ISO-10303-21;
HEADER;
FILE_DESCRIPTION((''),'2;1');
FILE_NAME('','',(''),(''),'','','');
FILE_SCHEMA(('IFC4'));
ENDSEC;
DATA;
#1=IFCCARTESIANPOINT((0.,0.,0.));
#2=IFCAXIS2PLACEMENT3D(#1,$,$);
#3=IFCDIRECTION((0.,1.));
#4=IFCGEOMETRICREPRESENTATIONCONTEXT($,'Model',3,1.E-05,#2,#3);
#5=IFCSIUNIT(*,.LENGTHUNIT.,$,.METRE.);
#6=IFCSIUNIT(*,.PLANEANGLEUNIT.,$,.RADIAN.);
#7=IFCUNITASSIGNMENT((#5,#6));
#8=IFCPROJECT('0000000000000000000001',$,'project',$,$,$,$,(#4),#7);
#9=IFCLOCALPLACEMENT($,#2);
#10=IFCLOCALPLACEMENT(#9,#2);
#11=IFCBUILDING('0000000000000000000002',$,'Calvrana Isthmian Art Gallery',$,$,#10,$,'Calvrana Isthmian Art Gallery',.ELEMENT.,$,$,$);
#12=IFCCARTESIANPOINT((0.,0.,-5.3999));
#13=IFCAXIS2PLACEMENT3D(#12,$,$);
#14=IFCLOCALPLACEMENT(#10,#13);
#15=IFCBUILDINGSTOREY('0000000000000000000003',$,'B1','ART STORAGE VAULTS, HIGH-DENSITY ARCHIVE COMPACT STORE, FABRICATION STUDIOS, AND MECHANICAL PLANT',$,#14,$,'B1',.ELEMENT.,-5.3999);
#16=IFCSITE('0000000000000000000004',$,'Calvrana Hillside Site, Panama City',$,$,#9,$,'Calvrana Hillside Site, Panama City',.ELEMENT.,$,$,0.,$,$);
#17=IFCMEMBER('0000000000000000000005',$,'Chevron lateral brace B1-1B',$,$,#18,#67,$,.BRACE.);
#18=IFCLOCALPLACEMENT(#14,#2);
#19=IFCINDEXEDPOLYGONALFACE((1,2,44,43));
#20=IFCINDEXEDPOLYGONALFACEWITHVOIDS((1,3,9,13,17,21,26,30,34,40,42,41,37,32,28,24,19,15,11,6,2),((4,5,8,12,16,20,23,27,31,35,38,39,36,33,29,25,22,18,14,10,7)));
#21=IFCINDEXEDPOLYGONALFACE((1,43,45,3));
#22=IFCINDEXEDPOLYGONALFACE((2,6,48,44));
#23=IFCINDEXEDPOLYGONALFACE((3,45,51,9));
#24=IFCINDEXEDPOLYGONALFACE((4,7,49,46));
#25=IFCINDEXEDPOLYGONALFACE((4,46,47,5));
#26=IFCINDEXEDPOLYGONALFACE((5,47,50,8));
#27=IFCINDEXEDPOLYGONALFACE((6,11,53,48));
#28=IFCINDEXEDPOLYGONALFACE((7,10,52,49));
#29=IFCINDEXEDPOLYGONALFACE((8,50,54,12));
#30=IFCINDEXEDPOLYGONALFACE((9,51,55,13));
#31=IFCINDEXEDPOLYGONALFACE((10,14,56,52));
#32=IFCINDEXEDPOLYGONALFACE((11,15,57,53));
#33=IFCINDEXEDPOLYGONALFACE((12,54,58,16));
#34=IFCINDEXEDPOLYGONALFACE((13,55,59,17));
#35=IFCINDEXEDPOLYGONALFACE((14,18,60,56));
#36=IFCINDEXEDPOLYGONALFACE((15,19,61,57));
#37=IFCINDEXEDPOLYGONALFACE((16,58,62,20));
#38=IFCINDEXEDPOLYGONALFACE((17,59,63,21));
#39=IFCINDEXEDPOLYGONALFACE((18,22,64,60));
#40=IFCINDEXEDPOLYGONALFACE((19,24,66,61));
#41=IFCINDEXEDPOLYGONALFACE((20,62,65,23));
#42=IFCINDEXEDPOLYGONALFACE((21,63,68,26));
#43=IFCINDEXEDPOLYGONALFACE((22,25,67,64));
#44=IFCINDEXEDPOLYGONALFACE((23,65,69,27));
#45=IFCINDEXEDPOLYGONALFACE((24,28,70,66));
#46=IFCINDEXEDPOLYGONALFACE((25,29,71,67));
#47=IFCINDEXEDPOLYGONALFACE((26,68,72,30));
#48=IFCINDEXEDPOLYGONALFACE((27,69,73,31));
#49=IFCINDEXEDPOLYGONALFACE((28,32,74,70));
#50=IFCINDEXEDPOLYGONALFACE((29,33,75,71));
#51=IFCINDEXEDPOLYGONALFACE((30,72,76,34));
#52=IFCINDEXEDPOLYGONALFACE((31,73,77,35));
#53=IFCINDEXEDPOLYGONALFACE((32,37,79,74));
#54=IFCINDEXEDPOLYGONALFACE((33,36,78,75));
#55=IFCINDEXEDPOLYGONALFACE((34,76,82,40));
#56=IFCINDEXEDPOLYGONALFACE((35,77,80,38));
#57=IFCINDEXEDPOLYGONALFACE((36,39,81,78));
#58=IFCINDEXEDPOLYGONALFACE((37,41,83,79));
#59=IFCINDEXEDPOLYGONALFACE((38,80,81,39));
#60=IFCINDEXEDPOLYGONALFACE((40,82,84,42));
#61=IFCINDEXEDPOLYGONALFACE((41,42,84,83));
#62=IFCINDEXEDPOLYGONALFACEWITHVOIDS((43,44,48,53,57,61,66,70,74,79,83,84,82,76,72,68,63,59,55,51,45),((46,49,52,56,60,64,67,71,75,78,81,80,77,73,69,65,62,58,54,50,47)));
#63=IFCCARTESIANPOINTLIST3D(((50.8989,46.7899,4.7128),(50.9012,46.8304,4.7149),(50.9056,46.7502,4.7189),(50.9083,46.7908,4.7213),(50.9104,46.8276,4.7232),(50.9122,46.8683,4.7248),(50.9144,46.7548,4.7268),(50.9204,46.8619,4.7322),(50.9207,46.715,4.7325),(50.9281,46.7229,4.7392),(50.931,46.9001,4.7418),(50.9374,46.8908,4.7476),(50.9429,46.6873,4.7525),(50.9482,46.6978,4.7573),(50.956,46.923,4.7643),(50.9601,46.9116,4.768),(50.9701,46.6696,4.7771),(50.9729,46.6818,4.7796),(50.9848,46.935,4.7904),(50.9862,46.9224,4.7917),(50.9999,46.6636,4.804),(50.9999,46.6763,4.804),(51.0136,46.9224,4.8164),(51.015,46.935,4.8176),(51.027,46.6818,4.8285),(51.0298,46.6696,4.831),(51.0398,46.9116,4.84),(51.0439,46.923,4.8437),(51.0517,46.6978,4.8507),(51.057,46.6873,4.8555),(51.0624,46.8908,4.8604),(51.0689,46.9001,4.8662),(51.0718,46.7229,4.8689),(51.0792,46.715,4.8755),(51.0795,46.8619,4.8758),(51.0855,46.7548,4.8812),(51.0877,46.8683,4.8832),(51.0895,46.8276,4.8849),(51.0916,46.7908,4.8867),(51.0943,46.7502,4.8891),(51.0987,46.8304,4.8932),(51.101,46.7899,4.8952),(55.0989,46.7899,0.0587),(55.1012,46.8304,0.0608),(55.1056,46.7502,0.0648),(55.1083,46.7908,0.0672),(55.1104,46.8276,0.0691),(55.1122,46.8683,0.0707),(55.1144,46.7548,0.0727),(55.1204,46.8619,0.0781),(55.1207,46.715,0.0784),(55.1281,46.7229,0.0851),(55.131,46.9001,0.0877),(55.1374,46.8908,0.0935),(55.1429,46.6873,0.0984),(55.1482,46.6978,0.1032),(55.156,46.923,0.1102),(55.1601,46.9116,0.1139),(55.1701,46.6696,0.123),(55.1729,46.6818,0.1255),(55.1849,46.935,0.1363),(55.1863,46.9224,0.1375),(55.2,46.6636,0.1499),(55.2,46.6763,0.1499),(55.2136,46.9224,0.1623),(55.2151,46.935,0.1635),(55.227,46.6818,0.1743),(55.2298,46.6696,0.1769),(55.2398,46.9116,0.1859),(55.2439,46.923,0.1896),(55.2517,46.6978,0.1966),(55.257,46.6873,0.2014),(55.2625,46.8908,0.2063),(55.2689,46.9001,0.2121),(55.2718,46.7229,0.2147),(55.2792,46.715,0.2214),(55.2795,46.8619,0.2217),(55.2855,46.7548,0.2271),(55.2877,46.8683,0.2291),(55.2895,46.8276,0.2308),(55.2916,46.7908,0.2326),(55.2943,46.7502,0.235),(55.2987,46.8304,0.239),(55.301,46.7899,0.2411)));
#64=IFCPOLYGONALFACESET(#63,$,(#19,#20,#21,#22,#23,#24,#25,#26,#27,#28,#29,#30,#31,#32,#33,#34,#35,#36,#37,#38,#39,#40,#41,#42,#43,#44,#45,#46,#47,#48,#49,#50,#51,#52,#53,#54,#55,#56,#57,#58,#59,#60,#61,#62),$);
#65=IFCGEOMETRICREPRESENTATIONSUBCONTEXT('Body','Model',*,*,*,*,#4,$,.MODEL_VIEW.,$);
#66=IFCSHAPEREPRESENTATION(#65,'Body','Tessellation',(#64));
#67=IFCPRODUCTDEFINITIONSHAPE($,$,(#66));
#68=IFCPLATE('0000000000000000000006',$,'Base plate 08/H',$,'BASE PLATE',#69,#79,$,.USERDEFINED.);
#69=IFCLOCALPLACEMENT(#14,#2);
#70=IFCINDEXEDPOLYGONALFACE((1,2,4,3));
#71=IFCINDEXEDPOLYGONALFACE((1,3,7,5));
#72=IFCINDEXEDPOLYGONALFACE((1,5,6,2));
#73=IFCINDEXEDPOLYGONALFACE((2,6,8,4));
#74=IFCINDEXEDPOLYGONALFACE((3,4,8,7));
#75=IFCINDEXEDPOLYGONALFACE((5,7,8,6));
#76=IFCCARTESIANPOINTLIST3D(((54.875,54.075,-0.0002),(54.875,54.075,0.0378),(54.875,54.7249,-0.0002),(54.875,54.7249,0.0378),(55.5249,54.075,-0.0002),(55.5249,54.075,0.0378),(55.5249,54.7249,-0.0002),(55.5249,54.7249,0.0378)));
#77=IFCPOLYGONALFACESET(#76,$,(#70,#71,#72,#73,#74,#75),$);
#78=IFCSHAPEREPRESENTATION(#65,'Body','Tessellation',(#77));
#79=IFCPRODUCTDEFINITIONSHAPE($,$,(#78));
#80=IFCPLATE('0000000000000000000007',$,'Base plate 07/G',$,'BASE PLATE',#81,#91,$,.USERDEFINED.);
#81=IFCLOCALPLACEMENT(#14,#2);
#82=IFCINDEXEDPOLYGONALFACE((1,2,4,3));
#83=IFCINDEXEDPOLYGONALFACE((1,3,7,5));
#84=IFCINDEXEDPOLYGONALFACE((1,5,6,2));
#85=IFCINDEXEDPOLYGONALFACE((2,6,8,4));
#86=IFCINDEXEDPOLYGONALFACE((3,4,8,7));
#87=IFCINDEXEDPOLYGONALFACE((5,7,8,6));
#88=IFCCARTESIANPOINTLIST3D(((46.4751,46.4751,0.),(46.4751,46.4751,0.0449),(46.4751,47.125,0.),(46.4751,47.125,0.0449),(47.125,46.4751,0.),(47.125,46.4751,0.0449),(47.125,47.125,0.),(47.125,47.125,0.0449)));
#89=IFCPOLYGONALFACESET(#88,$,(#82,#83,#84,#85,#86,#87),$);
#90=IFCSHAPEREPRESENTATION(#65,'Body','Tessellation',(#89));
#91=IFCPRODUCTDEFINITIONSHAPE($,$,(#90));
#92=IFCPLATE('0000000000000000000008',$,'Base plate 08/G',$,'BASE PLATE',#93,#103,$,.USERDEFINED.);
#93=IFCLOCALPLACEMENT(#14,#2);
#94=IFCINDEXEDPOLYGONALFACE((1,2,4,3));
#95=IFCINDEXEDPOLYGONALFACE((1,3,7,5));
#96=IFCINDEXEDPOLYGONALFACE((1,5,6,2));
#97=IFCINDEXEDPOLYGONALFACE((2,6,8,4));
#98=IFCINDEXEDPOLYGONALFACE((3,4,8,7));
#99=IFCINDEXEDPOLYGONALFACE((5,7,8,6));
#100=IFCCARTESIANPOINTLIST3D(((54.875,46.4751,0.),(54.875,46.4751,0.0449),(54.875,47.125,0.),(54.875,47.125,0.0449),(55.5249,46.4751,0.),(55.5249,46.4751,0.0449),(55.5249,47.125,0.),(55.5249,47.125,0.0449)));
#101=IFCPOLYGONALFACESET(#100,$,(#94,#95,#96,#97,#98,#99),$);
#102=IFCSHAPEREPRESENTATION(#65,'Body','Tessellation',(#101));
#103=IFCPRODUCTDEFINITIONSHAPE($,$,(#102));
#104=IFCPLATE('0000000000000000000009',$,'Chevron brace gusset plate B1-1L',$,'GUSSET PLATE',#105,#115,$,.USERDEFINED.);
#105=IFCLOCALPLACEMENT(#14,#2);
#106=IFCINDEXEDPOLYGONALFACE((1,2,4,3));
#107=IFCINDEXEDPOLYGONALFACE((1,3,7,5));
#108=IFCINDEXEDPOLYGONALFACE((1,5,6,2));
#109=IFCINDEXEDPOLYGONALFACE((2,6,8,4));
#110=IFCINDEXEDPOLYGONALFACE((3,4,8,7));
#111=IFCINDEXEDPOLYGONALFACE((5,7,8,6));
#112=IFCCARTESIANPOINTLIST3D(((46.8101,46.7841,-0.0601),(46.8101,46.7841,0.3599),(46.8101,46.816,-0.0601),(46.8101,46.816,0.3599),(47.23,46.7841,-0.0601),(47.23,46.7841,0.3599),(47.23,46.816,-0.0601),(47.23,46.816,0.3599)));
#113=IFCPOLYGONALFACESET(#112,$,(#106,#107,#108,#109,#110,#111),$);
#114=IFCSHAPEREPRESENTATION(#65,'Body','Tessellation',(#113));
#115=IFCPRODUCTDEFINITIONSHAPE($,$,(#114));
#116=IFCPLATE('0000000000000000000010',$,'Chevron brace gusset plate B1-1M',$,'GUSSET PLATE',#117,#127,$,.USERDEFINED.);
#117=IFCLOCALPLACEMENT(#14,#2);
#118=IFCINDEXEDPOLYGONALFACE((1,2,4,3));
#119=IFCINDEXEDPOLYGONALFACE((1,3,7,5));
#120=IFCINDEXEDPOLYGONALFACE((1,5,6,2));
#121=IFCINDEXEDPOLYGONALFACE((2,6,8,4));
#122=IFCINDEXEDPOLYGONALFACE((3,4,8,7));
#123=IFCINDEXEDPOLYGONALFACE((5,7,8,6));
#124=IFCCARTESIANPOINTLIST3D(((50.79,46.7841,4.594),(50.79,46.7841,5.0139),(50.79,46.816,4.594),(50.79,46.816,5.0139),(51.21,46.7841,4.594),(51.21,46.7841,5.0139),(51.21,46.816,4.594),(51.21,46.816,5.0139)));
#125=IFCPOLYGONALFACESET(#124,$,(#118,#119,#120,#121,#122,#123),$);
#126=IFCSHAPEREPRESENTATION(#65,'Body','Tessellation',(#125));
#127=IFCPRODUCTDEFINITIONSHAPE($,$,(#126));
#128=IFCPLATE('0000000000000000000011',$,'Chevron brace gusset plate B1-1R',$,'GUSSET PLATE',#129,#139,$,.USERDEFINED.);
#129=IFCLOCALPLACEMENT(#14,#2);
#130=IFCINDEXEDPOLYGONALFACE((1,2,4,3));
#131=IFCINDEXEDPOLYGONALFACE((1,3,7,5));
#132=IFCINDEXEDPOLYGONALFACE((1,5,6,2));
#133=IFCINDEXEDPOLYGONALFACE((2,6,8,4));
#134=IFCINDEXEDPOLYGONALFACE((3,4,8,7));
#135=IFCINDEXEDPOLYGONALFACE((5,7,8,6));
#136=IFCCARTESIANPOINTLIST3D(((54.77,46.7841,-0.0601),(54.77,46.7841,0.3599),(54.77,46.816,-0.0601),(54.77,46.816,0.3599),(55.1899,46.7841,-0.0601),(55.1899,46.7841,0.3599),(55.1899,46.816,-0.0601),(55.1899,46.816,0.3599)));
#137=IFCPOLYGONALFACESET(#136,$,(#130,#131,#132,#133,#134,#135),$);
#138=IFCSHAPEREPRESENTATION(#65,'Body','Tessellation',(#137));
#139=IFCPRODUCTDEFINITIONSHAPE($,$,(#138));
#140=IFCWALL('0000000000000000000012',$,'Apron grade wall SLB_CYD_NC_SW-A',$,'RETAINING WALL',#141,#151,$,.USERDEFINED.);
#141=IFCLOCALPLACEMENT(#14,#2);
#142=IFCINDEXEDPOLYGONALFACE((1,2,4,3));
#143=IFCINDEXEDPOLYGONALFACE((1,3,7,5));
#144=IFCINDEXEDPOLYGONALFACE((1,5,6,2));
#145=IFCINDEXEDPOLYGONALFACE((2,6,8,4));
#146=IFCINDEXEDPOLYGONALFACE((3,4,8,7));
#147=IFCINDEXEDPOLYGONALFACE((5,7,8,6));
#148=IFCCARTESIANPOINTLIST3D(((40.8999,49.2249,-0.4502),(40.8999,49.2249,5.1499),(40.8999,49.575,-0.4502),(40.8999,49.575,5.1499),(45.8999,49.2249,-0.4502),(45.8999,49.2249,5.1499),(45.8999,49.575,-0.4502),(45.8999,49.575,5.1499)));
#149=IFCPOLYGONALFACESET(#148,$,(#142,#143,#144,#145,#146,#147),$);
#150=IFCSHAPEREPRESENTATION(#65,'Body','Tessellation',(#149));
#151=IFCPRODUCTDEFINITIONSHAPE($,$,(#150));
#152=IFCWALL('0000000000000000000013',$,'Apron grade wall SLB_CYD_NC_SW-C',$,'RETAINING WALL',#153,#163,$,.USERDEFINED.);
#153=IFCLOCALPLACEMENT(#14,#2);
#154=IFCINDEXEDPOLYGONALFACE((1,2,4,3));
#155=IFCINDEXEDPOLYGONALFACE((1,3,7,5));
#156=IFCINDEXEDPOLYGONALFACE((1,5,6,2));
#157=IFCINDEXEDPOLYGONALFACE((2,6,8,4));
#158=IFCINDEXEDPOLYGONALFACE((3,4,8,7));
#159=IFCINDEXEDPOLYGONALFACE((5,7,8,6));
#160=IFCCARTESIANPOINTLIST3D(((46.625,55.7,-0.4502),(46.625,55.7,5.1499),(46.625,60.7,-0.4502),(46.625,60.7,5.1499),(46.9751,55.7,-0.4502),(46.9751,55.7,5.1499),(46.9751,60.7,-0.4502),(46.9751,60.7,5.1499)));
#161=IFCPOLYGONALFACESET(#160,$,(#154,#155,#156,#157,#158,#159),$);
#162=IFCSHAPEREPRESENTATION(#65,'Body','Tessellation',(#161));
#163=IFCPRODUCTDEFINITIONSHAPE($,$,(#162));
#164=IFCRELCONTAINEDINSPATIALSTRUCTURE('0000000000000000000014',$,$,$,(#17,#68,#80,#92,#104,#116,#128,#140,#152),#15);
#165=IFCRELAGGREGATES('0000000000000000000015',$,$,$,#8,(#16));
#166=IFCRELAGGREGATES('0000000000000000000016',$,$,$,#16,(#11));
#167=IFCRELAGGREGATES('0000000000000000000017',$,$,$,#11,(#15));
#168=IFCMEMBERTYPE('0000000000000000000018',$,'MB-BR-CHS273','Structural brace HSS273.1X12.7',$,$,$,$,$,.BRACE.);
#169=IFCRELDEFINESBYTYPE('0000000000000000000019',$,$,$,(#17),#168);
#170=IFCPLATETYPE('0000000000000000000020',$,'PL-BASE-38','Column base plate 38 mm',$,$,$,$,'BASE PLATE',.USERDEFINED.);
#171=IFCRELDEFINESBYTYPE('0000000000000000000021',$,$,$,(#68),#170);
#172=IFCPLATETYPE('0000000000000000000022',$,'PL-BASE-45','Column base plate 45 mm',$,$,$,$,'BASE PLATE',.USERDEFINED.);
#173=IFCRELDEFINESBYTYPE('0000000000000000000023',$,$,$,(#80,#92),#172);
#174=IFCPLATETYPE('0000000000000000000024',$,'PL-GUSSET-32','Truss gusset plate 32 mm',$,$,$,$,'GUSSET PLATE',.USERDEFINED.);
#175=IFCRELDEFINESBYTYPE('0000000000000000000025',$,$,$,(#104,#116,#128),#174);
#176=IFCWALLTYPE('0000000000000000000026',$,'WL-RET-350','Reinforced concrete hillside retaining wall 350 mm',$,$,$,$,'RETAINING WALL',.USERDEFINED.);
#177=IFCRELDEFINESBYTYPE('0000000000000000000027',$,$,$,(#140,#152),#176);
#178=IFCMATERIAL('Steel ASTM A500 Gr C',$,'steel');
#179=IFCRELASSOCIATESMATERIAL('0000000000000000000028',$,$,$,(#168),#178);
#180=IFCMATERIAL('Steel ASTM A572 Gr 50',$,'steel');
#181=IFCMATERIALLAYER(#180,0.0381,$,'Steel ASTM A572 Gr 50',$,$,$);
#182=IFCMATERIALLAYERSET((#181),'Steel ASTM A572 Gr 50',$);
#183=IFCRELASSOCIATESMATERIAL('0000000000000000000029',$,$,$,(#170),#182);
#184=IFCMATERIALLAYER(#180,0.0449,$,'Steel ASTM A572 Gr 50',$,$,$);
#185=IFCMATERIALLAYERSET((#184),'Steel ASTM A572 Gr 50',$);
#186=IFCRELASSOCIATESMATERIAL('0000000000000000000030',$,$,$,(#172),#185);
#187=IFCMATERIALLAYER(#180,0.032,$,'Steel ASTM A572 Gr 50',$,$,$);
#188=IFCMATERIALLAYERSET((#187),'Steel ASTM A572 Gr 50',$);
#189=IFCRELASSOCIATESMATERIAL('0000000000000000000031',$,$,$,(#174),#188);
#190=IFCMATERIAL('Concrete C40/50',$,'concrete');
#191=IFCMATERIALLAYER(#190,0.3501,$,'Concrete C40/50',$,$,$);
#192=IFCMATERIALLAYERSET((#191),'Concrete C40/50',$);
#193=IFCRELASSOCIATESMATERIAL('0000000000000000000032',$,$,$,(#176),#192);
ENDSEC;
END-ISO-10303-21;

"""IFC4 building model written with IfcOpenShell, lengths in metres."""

from ifc_helpers import new_model, si_unit, direction, frame, frame_2d, origin, origin_2d, place, context, subcontext, project, spatial, rectangle, hollow_circle, extrude, material, layer, layer_set, material_profile, profile_set, type_object, element, save


model = new_model("IFC4")

# Units and contexts
model_context = context("Model", 3, precision=1e-05, world=origin(), true_north=direction((0.0, 1.0)))
body_context = subcontext(model_context, "Body", "Model", "MODEL_VIEW")
ifc_project = project(units=[si_unit("LENGTHUNIT", "METRE"), si_unit("PLANEANGLEUNIT", "RADIAN")], contexts=[model_context])

# Site, building, storey
site_placement = place(None, origin())
site = spatial("IfcSite", under=ifc_project, at=site_placement, Name="Calvrana Hillside Site, Panama City", LongName="Calvrana Hillside Site, Panama City", CompositionType="ELEMENT", RefElevation=0.0)
building_placement = place(site_placement, origin())
building = spatial("IfcBuilding", under=site, at=building_placement, Name="Calvrana Isthmian Art Gallery", LongName="Calvrana Isthmian Art Gallery", CompositionType="ELEMENT")
storey_placement = place(building_placement, frame((0.0, 0.0, -5.3999)))
storey = spatial("IfcBuildingStorey", under=building, at=storey_placement, Name="B1", Description="ART STORAGE VAULTS, HIGH-DENSITY ARCHIVE COMPACT STORE, FABRICATION STUDIOS, AND MECHANICAL PLANT", LongName="B1", CompositionType="ELEMENT", Elevation=-5.3999)

# Member
ifc_material_1 = material(Name="Steel ASTM A500 Gr C", Category="steel")
ifc_material_profile_1 = material_profile(ifc_material_1, hollow_circle(Radius=0.1365, WallThickness=0.0127, at=origin_2d()), Name="HSS273.1X12.7")
ifc_profile_set_1 = profile_set([ifc_material_profile_1], Name="Steel ASTM A500 Gr C")
member_type = type_object("IfcMemberType", Name="MB-BR-CHS273", Description="Structural brace HSS273.1X12.7", PredefinedType="BRACE", material=ifc_profile_set_1)
for number, where, z_axis, x_axis, name in (
    (1, (55.2, 46.8, 0.1499), (-0.66996, 0.0, 0.742397), (0.0, -1.0, 0.0), "Chevron lateral brace B1-1B"),
):
    element("IfcMember", number, at=place(storey_placement, frame(where, z_axis=z_axis, x_axis=x_axis)), inside=storey, type_object=member_type, Name=name, PredefinedType="BRACE", context=body_context, shape_type="SweptSolid", body=[
        extrude(hollow_circle(Radius=0.1365, WallThickness=0.0127, at=origin_2d()), origin(), (0.0, 0.0, 1.0), 6.269),
    ])

# Plates
ifc_material_2 = material(Name="Steel ASTM A572 Gr 50", Category="steel")
ifc_layer_1 = layer(ifc_material_2, 0.0381, Name="Steel ASTM A572 Gr 50")
ifc_layer_set_1 = layer_set([ifc_layer_1], Name="Steel ASTM A572 Gr 50")
plate_type_1 = type_object("IfcPlateType", Name="PL-BASE-38", Description="Column base plate 38 mm", ElementType="BASE PLATE", PredefinedType="USERDEFINED", material=ifc_layer_set_1)
plate_placement = place(storey_placement, frame((55.2, 54.3999, -0.0002), z_axis=(0.0, 0.0, 1.0), x_axis=(1.0, 0.0, 0.0)))
element("IfcPlate", 2, at=plate_placement, inside=storey, type_object=plate_type_1, Name="Base plate 08/H", ObjectType="BASE PLATE", PredefinedType="USERDEFINED", context=body_context, shape_type="SweptSolid", body=[
    extrude(rectangle(XDim=0.6499, YDim=0.6499, at=origin_2d()), origin(), (0.0, 0.0, 1.0), 0.0381),
])
ifc_layer_2 = layer(ifc_material_2, 0.0449, Name="Steel ASTM A572 Gr 50")
ifc_layer_set_2 = layer_set([ifc_layer_2], Name="Steel ASTM A572 Gr 50")
plate_type_2 = type_object("IfcPlateType", Name="PL-BASE-45", Description="Column base plate 45 mm", ElementType="BASE PLATE", PredefinedType="USERDEFINED", material=ifc_layer_set_2)
for number, where, z_axis, x_axis, name in (
    (3, (46.8, 46.8, 0.0), (0.0, 0.0, 1.0), (1.0, 0.0, 0.0), "Base plate 07/G"),
    (4, (55.2, 46.8, 0.0), (0.0, 0.0, 1.0), (1.0, 0.0, 0.0), "Base plate 08/G"),
):
    element("IfcPlate", number, at=place(storey_placement, frame(where, z_axis=z_axis, x_axis=x_axis)), inside=storey, type_object=plate_type_2, Name=name, ObjectType="BASE PLATE", PredefinedType="USERDEFINED", context=body_context, shape_type="SweptSolid", body=[
        extrude(rectangle(XDim=0.6499, YDim=0.6499, at=origin_2d()), origin(), (0.0, 0.0, 1.0), 0.0449),
    ])
ifc_layer_3 = layer(ifc_material_2, 0.032, Name="Steel ASTM A572 Gr 50")
ifc_layer_set_3 = layer_set([ifc_layer_3], Name="Steel ASTM A572 Gr 50")
plate_type_3 = type_object("IfcPlateType", Name="PL-GUSSET-32", Description="Truss gusset plate 32 mm", ElementType="GUSSET PLATE", PredefinedType="USERDEFINED", material=ifc_layer_set_3)
for number, where, z_axis, x_axis, name in (
    (5, (47.02, 46.8, -0.0601), (0.0, 0.0, 1.0), (1.0, 0.0, 0.0), "Chevron brace gusset plate B1-1L"),
    (6, (51.0, 46.8, 4.594), (0.0, 0.0, 1.0), (1.0, 0.0, 0.0), "Chevron brace gusset plate B1-1M"),
    (7, (54.98, 46.8, -0.0601), (0.0, 0.0, 1.0), (1.0, 0.0, 0.0), "Chevron brace gusset plate B1-1R"),
):
    element("IfcPlate", number, at=place(storey_placement, frame(where, z_axis=z_axis, x_axis=x_axis)), inside=storey, type_object=plate_type_3, Name=name, ObjectType="GUSSET PLATE", PredefinedType="USERDEFINED", context=body_context, shape_type="SweptSolid", body=[
        extrude(rectangle(XDim=0.4199, YDim=0.032, at=origin_2d()), origin(), (0.0, 0.0, 1.0), 0.4199),
    ])

# Walls
ifc_material_3 = material(Name="Concrete C40/50", Category="concrete")
ifc_layer_4 = layer(ifc_material_3, 0.3501, Name="Concrete C40/50")
ifc_layer_set_4 = layer_set([ifc_layer_4], Name="Concrete C40/50")
wall_type = type_object("IfcWallType", Name="WL-RET-350", Description="Reinforced concrete hillside retaining wall 350 mm", ElementType="RETAINING WALL", PredefinedType="USERDEFINED", material=ifc_layer_set_4)
for number, where, z_axis, x_axis, name in (
    (8, (40.8999, 49.3999, -0.4502), (0.0, 0.0, 1.0), (1.0, 0.0, 0.0), "Apron grade wall SLB_CYD_NC_SW-A"),
    (9, (46.8, 55.7, -0.4502), (0.0, 0.0, 1.0), (0.0, 1.0, 0.0), "Apron grade wall SLB_CYD_NC_SW-C"),
):
    element("IfcWall", number, at=place(storey_placement, frame(where, z_axis=z_axis, x_axis=x_axis)), inside=storey, type_object=wall_type, Name=name, ObjectType="RETAINING WALL", PredefinedType="USERDEFINED", context=body_context, shape_type="SweptSolid", body=[
        extrude(rectangle(XDim=5.0, YDim=0.3501, at=frame_2d((2.5, 0.0))), origin(), (0.0, 0.0, 1.0), 5.6001),
    ])

save(model, "model.ifc")
